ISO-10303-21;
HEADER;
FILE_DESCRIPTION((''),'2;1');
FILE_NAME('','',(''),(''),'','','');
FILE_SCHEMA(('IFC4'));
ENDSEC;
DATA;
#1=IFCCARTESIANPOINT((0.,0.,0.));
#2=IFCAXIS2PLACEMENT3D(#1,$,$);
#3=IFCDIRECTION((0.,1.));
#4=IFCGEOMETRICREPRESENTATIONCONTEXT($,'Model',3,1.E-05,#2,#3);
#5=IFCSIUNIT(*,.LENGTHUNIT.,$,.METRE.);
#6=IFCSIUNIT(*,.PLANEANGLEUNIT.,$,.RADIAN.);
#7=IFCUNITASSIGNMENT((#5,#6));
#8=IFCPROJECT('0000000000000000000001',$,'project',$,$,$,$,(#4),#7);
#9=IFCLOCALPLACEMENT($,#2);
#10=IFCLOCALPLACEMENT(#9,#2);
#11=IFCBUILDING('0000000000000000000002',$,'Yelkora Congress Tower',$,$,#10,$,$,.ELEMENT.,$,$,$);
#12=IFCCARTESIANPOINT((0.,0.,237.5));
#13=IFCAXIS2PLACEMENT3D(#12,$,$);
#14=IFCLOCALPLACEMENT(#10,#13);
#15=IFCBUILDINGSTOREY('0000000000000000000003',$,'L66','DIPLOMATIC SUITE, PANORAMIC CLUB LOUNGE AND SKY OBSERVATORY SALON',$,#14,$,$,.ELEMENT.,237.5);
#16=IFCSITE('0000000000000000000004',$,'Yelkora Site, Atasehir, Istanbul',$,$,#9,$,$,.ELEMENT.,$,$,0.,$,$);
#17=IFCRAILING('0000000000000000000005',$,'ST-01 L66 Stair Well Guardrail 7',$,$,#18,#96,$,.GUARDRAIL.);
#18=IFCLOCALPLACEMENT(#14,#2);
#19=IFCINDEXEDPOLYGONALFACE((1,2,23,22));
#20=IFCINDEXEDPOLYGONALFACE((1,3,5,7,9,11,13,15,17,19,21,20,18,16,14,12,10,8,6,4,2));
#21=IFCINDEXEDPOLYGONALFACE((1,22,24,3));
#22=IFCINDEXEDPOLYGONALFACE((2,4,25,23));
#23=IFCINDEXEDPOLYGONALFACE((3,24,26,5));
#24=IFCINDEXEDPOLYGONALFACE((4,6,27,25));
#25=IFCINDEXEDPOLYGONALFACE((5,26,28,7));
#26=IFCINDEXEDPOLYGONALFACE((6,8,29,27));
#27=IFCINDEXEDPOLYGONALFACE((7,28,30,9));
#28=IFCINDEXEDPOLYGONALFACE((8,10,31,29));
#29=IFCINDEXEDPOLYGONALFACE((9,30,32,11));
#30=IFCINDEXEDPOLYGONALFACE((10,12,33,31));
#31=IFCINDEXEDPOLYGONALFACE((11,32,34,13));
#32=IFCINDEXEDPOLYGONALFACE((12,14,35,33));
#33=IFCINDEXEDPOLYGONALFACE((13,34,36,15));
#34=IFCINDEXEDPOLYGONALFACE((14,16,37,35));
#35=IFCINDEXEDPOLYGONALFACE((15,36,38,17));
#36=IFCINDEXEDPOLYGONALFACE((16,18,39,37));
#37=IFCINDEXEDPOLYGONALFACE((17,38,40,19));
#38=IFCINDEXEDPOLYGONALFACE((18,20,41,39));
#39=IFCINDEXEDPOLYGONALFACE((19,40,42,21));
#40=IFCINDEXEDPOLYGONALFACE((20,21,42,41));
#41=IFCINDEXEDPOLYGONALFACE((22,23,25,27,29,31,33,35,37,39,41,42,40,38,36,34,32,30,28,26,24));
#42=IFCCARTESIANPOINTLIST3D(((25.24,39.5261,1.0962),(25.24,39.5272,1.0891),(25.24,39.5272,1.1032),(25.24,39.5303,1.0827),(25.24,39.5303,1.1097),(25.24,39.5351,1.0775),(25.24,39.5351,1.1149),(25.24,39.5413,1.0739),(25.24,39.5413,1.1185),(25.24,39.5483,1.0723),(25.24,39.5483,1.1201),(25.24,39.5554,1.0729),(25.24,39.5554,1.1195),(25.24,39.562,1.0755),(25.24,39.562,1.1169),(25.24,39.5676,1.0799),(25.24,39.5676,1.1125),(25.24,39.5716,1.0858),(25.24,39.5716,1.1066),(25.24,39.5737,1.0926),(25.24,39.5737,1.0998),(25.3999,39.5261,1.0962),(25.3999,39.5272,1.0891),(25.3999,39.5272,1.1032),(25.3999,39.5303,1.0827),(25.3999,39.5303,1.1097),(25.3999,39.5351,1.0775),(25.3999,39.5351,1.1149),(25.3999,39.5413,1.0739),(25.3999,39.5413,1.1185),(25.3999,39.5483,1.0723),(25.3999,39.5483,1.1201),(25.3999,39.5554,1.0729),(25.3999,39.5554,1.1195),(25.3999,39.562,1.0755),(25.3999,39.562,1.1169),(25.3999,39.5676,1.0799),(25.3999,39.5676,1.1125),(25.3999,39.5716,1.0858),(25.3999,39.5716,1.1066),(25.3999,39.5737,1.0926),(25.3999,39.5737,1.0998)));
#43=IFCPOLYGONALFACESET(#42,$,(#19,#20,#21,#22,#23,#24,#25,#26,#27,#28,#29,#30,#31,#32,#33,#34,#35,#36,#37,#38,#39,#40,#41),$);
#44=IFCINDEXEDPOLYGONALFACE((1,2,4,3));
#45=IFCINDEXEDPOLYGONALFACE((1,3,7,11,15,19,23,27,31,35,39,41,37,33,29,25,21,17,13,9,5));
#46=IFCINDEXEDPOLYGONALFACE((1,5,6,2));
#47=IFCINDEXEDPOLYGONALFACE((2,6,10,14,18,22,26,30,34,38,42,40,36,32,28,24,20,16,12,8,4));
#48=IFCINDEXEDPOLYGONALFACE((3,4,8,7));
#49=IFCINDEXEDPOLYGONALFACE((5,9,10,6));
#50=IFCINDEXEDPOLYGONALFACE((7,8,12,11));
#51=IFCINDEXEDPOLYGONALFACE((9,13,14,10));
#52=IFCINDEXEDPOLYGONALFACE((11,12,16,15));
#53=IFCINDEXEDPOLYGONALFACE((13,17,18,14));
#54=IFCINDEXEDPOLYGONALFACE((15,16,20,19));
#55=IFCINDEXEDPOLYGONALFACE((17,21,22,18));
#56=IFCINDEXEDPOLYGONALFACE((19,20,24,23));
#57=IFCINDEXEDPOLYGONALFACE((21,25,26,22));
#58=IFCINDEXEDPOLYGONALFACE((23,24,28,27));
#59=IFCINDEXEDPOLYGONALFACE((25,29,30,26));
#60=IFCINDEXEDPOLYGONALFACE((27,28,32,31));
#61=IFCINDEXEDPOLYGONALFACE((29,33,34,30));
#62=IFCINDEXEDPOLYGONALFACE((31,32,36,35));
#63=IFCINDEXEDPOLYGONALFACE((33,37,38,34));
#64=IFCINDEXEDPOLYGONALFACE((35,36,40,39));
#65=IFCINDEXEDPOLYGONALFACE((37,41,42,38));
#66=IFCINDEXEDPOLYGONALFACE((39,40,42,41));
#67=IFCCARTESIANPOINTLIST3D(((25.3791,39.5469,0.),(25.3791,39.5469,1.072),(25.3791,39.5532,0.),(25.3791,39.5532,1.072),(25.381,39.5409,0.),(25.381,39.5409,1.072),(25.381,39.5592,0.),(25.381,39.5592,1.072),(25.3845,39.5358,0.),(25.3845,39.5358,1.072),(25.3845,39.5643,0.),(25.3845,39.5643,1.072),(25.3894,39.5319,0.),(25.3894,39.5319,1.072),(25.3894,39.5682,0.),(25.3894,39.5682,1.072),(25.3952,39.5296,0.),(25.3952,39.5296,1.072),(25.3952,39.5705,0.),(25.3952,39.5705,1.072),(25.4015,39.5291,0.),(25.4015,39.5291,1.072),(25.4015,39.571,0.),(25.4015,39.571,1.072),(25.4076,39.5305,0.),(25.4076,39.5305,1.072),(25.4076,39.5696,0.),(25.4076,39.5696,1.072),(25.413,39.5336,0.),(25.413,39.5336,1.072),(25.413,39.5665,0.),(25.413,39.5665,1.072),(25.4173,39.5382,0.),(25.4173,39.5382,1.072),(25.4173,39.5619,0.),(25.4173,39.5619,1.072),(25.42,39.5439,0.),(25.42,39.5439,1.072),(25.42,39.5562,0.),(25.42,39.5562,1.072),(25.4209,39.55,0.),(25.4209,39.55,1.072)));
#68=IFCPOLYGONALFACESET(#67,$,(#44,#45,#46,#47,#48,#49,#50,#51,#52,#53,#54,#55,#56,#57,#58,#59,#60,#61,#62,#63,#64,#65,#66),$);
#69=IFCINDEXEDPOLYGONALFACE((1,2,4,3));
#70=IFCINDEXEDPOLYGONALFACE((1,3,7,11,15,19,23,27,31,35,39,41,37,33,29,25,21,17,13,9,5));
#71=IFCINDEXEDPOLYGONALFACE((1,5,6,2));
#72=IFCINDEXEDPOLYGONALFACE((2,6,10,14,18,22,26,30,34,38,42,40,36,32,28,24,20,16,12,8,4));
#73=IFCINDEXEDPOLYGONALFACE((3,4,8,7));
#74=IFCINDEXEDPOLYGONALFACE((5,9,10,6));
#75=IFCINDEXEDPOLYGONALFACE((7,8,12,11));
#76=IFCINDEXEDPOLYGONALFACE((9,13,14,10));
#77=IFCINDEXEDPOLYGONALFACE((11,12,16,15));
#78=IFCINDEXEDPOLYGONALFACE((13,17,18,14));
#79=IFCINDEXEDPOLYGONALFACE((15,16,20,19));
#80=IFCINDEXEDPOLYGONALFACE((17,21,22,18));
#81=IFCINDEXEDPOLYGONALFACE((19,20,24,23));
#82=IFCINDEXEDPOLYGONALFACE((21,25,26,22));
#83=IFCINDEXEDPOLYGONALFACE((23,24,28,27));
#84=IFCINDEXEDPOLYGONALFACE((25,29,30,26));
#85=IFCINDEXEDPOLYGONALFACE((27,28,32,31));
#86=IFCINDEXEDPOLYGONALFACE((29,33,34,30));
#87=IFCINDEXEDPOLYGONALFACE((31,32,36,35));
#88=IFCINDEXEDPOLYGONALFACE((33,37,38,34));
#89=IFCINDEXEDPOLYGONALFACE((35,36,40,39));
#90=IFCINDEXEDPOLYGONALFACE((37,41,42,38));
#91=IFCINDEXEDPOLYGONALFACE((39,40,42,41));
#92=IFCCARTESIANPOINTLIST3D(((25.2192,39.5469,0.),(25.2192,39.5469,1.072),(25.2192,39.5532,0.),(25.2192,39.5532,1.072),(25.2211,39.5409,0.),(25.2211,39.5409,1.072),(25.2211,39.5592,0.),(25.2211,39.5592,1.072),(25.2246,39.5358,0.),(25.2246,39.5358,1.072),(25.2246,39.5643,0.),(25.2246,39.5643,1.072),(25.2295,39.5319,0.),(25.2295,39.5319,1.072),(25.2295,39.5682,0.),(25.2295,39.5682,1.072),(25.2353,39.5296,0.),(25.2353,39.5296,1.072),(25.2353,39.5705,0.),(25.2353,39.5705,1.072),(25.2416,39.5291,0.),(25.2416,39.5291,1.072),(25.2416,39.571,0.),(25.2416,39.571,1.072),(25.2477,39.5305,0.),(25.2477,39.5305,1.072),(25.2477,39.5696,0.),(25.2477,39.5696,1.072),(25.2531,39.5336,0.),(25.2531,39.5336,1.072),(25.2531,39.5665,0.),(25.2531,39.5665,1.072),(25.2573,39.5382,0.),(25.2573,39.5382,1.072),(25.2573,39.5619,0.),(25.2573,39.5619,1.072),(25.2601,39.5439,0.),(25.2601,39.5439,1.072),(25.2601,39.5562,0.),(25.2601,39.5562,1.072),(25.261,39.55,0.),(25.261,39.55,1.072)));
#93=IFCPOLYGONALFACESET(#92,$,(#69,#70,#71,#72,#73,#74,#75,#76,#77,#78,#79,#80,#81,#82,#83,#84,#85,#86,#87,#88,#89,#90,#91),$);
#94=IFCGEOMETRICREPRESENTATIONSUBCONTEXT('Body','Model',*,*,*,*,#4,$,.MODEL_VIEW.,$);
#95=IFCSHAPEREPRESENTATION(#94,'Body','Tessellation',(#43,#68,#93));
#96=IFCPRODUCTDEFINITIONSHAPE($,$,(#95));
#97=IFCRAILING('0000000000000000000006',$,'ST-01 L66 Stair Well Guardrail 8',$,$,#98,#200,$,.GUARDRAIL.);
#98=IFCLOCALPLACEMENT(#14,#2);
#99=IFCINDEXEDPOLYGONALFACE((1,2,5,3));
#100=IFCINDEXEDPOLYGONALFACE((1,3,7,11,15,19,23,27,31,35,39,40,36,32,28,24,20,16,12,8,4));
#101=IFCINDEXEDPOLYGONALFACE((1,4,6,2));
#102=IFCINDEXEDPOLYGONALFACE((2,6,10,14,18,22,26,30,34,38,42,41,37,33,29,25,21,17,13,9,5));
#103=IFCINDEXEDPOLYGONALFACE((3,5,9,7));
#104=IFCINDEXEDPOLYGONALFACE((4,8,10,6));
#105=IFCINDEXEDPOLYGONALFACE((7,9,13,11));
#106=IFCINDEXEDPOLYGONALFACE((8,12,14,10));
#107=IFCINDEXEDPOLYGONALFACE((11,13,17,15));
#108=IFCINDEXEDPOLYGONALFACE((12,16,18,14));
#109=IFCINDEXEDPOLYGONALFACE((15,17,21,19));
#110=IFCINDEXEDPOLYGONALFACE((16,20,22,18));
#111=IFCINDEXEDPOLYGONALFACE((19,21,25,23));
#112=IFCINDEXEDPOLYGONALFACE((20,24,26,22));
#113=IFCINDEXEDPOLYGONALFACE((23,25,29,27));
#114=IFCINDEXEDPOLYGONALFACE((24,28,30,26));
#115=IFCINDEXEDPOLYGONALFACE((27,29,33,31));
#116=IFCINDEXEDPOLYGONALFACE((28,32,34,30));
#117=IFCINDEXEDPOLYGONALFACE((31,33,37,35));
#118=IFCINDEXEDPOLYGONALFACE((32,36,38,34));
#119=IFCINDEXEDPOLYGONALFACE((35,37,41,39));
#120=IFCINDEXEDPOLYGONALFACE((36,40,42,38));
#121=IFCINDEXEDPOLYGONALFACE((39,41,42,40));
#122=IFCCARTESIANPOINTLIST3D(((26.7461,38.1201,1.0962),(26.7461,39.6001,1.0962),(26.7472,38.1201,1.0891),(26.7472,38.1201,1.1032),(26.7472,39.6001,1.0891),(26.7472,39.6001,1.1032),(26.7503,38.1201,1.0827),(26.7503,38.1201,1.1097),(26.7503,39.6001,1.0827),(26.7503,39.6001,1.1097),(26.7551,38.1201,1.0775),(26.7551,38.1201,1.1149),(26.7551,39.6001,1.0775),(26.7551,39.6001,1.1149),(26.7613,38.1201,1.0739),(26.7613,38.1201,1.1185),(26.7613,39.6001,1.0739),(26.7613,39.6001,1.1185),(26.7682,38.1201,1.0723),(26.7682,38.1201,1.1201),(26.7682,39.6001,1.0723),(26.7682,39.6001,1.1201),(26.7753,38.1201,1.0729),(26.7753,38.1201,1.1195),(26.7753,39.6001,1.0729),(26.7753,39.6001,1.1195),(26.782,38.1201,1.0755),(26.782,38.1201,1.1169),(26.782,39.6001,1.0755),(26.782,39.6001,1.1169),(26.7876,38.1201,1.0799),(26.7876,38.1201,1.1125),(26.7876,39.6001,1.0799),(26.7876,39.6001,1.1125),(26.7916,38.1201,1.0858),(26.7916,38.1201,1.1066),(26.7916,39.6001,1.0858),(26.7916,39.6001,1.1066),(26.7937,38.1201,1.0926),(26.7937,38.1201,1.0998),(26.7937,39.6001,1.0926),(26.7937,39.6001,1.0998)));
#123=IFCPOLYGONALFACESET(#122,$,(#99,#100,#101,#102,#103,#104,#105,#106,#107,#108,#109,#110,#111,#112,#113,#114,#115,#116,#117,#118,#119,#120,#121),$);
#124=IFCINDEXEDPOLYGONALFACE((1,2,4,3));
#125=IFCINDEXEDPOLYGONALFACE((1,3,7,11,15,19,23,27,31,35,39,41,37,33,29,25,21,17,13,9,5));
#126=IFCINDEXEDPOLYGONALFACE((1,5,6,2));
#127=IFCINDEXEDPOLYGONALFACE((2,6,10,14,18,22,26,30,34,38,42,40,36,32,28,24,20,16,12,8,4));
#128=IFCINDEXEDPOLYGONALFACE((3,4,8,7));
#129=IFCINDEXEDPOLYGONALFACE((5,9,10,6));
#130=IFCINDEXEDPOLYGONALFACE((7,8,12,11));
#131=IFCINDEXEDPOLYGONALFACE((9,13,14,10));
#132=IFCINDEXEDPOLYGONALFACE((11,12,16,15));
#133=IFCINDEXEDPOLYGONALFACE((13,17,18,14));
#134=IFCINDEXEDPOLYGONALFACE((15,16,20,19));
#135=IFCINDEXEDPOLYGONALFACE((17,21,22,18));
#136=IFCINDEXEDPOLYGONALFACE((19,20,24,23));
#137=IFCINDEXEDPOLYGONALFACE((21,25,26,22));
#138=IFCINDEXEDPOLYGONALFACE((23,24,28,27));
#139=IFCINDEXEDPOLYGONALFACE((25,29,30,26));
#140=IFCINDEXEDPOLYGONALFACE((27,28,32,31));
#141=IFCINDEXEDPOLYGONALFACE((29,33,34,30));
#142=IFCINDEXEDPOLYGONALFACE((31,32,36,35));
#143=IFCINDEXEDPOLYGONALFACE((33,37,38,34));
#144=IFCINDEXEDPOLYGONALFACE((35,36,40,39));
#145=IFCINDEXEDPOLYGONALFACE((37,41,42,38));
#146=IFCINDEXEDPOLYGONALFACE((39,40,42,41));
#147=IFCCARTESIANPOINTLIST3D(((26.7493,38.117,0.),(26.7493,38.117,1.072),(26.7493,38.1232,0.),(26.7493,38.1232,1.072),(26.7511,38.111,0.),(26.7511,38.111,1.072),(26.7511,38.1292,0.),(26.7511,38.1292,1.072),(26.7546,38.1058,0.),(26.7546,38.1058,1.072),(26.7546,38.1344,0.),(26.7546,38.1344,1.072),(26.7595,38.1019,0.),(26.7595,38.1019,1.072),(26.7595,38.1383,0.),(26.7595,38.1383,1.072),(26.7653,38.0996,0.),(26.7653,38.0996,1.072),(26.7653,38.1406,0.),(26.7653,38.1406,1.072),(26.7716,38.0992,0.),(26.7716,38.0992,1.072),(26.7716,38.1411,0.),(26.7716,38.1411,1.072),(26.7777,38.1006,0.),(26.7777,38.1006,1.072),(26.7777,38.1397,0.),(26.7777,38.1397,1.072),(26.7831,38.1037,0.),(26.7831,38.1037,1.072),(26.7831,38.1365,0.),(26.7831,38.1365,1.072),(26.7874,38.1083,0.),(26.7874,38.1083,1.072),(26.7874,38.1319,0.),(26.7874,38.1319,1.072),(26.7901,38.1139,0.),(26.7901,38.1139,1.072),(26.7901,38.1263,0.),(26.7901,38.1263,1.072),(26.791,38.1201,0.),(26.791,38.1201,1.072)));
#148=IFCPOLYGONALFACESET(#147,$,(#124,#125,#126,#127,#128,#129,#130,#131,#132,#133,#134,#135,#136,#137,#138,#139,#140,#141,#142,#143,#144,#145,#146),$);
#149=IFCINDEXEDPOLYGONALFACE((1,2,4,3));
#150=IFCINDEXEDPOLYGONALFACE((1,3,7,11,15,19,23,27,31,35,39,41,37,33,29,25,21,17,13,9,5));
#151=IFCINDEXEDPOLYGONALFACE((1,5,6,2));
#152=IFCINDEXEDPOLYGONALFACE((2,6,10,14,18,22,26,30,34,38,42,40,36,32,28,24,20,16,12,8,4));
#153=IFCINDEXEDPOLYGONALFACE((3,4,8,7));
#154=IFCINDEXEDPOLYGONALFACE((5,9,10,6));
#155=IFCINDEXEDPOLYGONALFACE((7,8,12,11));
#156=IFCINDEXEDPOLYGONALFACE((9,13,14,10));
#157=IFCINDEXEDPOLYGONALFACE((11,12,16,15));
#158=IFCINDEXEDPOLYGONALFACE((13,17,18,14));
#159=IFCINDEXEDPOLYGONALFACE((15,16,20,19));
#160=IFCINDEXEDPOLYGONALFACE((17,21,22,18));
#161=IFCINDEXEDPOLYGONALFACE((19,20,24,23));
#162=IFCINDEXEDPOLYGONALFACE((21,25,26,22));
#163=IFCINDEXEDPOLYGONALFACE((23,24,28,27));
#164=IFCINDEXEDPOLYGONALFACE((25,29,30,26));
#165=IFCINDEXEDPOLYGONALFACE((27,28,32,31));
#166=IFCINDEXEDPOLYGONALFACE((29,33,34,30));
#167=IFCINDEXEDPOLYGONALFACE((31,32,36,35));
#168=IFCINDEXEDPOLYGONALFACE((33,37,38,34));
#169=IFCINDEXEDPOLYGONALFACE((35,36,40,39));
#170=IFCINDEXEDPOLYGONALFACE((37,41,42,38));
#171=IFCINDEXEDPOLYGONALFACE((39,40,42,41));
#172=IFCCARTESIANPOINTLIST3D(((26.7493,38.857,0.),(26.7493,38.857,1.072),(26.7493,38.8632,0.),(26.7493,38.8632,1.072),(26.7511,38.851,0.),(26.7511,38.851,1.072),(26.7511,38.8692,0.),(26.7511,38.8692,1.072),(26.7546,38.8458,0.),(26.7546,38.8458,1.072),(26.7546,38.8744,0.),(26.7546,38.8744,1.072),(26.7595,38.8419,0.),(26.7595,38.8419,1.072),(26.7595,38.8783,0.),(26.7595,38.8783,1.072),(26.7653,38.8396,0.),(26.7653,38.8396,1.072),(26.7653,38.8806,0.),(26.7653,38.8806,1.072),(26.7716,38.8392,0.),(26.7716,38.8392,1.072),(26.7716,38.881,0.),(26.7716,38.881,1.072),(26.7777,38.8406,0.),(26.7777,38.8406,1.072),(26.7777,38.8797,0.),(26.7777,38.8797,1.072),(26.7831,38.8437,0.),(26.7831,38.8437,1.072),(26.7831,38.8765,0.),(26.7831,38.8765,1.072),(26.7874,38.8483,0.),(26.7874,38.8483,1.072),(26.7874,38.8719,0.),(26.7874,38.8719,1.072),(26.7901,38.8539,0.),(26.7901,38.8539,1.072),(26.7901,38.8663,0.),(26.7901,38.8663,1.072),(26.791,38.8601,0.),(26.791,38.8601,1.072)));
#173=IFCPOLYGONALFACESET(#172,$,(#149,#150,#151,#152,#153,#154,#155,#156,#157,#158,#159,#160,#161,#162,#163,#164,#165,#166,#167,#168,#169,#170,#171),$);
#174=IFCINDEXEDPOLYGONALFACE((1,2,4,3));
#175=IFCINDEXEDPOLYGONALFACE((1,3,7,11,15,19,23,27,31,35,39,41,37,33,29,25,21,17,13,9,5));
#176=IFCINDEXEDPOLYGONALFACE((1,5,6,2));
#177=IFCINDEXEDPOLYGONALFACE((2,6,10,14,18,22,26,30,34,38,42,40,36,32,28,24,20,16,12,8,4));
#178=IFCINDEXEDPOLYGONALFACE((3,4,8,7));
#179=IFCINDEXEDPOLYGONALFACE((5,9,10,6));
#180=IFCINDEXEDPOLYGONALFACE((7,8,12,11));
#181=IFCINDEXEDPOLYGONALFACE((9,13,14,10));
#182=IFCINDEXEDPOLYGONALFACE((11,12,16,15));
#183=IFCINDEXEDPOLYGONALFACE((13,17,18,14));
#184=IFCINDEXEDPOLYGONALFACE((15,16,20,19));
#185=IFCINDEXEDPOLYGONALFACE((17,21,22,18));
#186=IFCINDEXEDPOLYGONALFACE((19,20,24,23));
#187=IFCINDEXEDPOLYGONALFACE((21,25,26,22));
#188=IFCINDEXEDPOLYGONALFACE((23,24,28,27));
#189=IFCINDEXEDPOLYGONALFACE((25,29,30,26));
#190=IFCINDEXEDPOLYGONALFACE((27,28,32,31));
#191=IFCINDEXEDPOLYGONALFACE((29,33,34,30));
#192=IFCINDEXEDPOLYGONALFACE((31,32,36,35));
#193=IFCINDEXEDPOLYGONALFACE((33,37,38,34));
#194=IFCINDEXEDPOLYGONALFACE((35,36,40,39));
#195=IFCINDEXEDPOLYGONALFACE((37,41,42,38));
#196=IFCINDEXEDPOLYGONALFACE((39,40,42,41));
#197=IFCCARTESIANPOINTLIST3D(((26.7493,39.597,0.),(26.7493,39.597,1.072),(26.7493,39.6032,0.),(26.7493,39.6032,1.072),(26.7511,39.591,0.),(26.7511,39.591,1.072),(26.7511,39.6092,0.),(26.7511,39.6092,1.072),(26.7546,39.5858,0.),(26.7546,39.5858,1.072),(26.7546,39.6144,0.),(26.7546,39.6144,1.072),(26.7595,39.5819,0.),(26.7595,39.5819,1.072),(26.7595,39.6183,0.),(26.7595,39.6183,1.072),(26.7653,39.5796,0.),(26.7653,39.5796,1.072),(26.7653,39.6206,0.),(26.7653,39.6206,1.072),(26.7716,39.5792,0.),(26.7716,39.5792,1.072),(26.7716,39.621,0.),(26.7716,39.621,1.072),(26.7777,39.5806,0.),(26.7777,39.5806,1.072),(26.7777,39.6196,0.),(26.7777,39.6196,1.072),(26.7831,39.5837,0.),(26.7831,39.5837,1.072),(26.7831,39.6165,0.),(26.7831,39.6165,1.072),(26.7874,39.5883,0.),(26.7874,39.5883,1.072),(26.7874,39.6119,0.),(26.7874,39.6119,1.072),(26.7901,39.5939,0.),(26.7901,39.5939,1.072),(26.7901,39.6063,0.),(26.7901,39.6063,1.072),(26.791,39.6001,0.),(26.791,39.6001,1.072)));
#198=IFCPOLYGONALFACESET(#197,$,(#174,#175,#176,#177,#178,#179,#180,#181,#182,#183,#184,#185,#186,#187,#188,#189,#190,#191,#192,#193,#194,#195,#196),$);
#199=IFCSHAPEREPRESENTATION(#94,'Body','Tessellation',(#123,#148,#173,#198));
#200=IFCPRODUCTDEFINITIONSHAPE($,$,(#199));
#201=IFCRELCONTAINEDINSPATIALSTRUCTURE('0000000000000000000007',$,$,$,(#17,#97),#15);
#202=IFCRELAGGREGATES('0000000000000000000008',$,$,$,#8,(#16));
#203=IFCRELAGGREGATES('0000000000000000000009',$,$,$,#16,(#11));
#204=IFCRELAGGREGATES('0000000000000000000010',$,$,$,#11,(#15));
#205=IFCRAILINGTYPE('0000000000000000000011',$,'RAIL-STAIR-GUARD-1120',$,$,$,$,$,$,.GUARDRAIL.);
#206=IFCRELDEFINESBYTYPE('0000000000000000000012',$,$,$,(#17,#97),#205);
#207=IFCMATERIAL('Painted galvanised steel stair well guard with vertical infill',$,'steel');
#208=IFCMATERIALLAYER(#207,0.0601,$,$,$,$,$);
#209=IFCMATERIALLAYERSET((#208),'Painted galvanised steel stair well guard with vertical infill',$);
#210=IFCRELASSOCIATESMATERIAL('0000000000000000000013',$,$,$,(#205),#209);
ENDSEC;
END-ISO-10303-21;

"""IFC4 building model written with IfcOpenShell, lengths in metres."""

from ifc_helpers import new_model, si_unit, direction, frame, origin, origin_2d, place, context, subcontext, project, spatial, circle, extrude, material, layer, layer_set, type_object, element, save


model = new_model("IFC4")

# Units and contexts
model_context = context("Model", 3, precision=1e-05, world=origin(), true_north=direction((0.0, 1.0)))
body_context = subcontext(model_context, "Body", "Model", "MODEL_VIEW")
ifc_project = project(units=[si_unit("LENGTHUNIT", "METRE"), si_unit("PLANEANGLEUNIT", "RADIAN")], contexts=[model_context])

# Site, building, storey
site_placement = place(None, origin())
site = spatial("IfcSite", under=ifc_project, at=site_placement, Name="Yelkora Site, Atasehir, Istanbul", CompositionType="ELEMENT", RefElevation=0.0)
building_placement = place(site_placement, origin())
building = spatial("IfcBuilding", under=site, at=building_placement, Name="Yelkora Congress Tower", CompositionType="ELEMENT")
storey_placement = place(building_placement, frame((0.0, 0.0, 237.5)))
storey = spatial("IfcBuildingStorey", under=building, at=storey_placement, Name="L66", Description="DIPLOMATIC SUITE, PANORAMIC CLUB LOUNGE AND SKY OBSERVATORY SALON", CompositionType="ELEMENT", Elevation=237.5)

# Railings
ifc_material_1 = material(Name="Painted galvanised steel stair well guard with vertical infill", Category="steel")
ifc_layer_1 = layer(ifc_material_1, 0.0601)
ifc_layer_set_1 = layer_set([ifc_layer_1], Name="Painted galvanised steel stair well guard with vertical infill")
railing_type_1 = type_object("IfcRailingType", Name="RAIL-STAIR-GUARD-1120", PredefinedType="GUARDRAIL", material=ifc_layer_set_1)
railing_1_placement = place(storey_placement, frame((25.3999, 39.55, 0.0)))
element("IfcRailing", 1, at=railing_1_placement, inside=storey, type_object=railing_type_1, Name="ST-01 L66 Stair Well Guardrail 7", PredefinedType="GUARDRAIL", context=body_context, shape_type="SweptSolid", body=[
    extrude(circle(Radius=0.0239, at=origin_2d()), frame((0.0, 0.0, 1.0962), z_axis=(-1.0, 0.0, 0.0), x_axis=(0.0, -1.0, 0.0)), (0.0, 0.0, 1.0), 0.1599),
    extrude(circle(Radius=0.021, at=origin_2d()), origin(), (0.0, 0.0, 1.0), 1.072),
    extrude(circle(Radius=0.021, at=origin_2d()), frame((-0.1599, 0.0, 0.0)), (0.0, 0.0, 1.0), 1.072),
])
railing_2_placement = place(storey_placement, frame((26.77, 38.1201, 0.0)))
element("IfcRailing", 2, at=railing_2_placement, inside=storey, type_object=railing_type_1, Name="ST-01 L66 Stair Well Guardrail 8", PredefinedType="GUARDRAIL", context=body_context, shape_type="SweptSolid", body=[
    extrude(circle(Radius=0.0239, at=origin_2d()), frame((0.0, 0.0, 1.0962), z_axis=(0.0, 1.0, 0.0), x_axis=(-1.0, 0.0, 0.0)), (0.0, 0.0, 1.0), 1.48),
    extrude(circle(Radius=0.021, at=origin_2d()), origin(), (0.0, 0.0, 1.0), 1.072),
    extrude(circle(Radius=0.021, at=origin_2d()), frame((0.0, 0.74, 0.0)), (0.0, 0.0, 1.0), 1.072),
    extrude(circle(Radius=0.021, at=origin_2d()), frame((0.0, 1.48, 0.0)), (0.0, 0.0, 1.0), 1.072),
])

save(model, "model.ifc")
